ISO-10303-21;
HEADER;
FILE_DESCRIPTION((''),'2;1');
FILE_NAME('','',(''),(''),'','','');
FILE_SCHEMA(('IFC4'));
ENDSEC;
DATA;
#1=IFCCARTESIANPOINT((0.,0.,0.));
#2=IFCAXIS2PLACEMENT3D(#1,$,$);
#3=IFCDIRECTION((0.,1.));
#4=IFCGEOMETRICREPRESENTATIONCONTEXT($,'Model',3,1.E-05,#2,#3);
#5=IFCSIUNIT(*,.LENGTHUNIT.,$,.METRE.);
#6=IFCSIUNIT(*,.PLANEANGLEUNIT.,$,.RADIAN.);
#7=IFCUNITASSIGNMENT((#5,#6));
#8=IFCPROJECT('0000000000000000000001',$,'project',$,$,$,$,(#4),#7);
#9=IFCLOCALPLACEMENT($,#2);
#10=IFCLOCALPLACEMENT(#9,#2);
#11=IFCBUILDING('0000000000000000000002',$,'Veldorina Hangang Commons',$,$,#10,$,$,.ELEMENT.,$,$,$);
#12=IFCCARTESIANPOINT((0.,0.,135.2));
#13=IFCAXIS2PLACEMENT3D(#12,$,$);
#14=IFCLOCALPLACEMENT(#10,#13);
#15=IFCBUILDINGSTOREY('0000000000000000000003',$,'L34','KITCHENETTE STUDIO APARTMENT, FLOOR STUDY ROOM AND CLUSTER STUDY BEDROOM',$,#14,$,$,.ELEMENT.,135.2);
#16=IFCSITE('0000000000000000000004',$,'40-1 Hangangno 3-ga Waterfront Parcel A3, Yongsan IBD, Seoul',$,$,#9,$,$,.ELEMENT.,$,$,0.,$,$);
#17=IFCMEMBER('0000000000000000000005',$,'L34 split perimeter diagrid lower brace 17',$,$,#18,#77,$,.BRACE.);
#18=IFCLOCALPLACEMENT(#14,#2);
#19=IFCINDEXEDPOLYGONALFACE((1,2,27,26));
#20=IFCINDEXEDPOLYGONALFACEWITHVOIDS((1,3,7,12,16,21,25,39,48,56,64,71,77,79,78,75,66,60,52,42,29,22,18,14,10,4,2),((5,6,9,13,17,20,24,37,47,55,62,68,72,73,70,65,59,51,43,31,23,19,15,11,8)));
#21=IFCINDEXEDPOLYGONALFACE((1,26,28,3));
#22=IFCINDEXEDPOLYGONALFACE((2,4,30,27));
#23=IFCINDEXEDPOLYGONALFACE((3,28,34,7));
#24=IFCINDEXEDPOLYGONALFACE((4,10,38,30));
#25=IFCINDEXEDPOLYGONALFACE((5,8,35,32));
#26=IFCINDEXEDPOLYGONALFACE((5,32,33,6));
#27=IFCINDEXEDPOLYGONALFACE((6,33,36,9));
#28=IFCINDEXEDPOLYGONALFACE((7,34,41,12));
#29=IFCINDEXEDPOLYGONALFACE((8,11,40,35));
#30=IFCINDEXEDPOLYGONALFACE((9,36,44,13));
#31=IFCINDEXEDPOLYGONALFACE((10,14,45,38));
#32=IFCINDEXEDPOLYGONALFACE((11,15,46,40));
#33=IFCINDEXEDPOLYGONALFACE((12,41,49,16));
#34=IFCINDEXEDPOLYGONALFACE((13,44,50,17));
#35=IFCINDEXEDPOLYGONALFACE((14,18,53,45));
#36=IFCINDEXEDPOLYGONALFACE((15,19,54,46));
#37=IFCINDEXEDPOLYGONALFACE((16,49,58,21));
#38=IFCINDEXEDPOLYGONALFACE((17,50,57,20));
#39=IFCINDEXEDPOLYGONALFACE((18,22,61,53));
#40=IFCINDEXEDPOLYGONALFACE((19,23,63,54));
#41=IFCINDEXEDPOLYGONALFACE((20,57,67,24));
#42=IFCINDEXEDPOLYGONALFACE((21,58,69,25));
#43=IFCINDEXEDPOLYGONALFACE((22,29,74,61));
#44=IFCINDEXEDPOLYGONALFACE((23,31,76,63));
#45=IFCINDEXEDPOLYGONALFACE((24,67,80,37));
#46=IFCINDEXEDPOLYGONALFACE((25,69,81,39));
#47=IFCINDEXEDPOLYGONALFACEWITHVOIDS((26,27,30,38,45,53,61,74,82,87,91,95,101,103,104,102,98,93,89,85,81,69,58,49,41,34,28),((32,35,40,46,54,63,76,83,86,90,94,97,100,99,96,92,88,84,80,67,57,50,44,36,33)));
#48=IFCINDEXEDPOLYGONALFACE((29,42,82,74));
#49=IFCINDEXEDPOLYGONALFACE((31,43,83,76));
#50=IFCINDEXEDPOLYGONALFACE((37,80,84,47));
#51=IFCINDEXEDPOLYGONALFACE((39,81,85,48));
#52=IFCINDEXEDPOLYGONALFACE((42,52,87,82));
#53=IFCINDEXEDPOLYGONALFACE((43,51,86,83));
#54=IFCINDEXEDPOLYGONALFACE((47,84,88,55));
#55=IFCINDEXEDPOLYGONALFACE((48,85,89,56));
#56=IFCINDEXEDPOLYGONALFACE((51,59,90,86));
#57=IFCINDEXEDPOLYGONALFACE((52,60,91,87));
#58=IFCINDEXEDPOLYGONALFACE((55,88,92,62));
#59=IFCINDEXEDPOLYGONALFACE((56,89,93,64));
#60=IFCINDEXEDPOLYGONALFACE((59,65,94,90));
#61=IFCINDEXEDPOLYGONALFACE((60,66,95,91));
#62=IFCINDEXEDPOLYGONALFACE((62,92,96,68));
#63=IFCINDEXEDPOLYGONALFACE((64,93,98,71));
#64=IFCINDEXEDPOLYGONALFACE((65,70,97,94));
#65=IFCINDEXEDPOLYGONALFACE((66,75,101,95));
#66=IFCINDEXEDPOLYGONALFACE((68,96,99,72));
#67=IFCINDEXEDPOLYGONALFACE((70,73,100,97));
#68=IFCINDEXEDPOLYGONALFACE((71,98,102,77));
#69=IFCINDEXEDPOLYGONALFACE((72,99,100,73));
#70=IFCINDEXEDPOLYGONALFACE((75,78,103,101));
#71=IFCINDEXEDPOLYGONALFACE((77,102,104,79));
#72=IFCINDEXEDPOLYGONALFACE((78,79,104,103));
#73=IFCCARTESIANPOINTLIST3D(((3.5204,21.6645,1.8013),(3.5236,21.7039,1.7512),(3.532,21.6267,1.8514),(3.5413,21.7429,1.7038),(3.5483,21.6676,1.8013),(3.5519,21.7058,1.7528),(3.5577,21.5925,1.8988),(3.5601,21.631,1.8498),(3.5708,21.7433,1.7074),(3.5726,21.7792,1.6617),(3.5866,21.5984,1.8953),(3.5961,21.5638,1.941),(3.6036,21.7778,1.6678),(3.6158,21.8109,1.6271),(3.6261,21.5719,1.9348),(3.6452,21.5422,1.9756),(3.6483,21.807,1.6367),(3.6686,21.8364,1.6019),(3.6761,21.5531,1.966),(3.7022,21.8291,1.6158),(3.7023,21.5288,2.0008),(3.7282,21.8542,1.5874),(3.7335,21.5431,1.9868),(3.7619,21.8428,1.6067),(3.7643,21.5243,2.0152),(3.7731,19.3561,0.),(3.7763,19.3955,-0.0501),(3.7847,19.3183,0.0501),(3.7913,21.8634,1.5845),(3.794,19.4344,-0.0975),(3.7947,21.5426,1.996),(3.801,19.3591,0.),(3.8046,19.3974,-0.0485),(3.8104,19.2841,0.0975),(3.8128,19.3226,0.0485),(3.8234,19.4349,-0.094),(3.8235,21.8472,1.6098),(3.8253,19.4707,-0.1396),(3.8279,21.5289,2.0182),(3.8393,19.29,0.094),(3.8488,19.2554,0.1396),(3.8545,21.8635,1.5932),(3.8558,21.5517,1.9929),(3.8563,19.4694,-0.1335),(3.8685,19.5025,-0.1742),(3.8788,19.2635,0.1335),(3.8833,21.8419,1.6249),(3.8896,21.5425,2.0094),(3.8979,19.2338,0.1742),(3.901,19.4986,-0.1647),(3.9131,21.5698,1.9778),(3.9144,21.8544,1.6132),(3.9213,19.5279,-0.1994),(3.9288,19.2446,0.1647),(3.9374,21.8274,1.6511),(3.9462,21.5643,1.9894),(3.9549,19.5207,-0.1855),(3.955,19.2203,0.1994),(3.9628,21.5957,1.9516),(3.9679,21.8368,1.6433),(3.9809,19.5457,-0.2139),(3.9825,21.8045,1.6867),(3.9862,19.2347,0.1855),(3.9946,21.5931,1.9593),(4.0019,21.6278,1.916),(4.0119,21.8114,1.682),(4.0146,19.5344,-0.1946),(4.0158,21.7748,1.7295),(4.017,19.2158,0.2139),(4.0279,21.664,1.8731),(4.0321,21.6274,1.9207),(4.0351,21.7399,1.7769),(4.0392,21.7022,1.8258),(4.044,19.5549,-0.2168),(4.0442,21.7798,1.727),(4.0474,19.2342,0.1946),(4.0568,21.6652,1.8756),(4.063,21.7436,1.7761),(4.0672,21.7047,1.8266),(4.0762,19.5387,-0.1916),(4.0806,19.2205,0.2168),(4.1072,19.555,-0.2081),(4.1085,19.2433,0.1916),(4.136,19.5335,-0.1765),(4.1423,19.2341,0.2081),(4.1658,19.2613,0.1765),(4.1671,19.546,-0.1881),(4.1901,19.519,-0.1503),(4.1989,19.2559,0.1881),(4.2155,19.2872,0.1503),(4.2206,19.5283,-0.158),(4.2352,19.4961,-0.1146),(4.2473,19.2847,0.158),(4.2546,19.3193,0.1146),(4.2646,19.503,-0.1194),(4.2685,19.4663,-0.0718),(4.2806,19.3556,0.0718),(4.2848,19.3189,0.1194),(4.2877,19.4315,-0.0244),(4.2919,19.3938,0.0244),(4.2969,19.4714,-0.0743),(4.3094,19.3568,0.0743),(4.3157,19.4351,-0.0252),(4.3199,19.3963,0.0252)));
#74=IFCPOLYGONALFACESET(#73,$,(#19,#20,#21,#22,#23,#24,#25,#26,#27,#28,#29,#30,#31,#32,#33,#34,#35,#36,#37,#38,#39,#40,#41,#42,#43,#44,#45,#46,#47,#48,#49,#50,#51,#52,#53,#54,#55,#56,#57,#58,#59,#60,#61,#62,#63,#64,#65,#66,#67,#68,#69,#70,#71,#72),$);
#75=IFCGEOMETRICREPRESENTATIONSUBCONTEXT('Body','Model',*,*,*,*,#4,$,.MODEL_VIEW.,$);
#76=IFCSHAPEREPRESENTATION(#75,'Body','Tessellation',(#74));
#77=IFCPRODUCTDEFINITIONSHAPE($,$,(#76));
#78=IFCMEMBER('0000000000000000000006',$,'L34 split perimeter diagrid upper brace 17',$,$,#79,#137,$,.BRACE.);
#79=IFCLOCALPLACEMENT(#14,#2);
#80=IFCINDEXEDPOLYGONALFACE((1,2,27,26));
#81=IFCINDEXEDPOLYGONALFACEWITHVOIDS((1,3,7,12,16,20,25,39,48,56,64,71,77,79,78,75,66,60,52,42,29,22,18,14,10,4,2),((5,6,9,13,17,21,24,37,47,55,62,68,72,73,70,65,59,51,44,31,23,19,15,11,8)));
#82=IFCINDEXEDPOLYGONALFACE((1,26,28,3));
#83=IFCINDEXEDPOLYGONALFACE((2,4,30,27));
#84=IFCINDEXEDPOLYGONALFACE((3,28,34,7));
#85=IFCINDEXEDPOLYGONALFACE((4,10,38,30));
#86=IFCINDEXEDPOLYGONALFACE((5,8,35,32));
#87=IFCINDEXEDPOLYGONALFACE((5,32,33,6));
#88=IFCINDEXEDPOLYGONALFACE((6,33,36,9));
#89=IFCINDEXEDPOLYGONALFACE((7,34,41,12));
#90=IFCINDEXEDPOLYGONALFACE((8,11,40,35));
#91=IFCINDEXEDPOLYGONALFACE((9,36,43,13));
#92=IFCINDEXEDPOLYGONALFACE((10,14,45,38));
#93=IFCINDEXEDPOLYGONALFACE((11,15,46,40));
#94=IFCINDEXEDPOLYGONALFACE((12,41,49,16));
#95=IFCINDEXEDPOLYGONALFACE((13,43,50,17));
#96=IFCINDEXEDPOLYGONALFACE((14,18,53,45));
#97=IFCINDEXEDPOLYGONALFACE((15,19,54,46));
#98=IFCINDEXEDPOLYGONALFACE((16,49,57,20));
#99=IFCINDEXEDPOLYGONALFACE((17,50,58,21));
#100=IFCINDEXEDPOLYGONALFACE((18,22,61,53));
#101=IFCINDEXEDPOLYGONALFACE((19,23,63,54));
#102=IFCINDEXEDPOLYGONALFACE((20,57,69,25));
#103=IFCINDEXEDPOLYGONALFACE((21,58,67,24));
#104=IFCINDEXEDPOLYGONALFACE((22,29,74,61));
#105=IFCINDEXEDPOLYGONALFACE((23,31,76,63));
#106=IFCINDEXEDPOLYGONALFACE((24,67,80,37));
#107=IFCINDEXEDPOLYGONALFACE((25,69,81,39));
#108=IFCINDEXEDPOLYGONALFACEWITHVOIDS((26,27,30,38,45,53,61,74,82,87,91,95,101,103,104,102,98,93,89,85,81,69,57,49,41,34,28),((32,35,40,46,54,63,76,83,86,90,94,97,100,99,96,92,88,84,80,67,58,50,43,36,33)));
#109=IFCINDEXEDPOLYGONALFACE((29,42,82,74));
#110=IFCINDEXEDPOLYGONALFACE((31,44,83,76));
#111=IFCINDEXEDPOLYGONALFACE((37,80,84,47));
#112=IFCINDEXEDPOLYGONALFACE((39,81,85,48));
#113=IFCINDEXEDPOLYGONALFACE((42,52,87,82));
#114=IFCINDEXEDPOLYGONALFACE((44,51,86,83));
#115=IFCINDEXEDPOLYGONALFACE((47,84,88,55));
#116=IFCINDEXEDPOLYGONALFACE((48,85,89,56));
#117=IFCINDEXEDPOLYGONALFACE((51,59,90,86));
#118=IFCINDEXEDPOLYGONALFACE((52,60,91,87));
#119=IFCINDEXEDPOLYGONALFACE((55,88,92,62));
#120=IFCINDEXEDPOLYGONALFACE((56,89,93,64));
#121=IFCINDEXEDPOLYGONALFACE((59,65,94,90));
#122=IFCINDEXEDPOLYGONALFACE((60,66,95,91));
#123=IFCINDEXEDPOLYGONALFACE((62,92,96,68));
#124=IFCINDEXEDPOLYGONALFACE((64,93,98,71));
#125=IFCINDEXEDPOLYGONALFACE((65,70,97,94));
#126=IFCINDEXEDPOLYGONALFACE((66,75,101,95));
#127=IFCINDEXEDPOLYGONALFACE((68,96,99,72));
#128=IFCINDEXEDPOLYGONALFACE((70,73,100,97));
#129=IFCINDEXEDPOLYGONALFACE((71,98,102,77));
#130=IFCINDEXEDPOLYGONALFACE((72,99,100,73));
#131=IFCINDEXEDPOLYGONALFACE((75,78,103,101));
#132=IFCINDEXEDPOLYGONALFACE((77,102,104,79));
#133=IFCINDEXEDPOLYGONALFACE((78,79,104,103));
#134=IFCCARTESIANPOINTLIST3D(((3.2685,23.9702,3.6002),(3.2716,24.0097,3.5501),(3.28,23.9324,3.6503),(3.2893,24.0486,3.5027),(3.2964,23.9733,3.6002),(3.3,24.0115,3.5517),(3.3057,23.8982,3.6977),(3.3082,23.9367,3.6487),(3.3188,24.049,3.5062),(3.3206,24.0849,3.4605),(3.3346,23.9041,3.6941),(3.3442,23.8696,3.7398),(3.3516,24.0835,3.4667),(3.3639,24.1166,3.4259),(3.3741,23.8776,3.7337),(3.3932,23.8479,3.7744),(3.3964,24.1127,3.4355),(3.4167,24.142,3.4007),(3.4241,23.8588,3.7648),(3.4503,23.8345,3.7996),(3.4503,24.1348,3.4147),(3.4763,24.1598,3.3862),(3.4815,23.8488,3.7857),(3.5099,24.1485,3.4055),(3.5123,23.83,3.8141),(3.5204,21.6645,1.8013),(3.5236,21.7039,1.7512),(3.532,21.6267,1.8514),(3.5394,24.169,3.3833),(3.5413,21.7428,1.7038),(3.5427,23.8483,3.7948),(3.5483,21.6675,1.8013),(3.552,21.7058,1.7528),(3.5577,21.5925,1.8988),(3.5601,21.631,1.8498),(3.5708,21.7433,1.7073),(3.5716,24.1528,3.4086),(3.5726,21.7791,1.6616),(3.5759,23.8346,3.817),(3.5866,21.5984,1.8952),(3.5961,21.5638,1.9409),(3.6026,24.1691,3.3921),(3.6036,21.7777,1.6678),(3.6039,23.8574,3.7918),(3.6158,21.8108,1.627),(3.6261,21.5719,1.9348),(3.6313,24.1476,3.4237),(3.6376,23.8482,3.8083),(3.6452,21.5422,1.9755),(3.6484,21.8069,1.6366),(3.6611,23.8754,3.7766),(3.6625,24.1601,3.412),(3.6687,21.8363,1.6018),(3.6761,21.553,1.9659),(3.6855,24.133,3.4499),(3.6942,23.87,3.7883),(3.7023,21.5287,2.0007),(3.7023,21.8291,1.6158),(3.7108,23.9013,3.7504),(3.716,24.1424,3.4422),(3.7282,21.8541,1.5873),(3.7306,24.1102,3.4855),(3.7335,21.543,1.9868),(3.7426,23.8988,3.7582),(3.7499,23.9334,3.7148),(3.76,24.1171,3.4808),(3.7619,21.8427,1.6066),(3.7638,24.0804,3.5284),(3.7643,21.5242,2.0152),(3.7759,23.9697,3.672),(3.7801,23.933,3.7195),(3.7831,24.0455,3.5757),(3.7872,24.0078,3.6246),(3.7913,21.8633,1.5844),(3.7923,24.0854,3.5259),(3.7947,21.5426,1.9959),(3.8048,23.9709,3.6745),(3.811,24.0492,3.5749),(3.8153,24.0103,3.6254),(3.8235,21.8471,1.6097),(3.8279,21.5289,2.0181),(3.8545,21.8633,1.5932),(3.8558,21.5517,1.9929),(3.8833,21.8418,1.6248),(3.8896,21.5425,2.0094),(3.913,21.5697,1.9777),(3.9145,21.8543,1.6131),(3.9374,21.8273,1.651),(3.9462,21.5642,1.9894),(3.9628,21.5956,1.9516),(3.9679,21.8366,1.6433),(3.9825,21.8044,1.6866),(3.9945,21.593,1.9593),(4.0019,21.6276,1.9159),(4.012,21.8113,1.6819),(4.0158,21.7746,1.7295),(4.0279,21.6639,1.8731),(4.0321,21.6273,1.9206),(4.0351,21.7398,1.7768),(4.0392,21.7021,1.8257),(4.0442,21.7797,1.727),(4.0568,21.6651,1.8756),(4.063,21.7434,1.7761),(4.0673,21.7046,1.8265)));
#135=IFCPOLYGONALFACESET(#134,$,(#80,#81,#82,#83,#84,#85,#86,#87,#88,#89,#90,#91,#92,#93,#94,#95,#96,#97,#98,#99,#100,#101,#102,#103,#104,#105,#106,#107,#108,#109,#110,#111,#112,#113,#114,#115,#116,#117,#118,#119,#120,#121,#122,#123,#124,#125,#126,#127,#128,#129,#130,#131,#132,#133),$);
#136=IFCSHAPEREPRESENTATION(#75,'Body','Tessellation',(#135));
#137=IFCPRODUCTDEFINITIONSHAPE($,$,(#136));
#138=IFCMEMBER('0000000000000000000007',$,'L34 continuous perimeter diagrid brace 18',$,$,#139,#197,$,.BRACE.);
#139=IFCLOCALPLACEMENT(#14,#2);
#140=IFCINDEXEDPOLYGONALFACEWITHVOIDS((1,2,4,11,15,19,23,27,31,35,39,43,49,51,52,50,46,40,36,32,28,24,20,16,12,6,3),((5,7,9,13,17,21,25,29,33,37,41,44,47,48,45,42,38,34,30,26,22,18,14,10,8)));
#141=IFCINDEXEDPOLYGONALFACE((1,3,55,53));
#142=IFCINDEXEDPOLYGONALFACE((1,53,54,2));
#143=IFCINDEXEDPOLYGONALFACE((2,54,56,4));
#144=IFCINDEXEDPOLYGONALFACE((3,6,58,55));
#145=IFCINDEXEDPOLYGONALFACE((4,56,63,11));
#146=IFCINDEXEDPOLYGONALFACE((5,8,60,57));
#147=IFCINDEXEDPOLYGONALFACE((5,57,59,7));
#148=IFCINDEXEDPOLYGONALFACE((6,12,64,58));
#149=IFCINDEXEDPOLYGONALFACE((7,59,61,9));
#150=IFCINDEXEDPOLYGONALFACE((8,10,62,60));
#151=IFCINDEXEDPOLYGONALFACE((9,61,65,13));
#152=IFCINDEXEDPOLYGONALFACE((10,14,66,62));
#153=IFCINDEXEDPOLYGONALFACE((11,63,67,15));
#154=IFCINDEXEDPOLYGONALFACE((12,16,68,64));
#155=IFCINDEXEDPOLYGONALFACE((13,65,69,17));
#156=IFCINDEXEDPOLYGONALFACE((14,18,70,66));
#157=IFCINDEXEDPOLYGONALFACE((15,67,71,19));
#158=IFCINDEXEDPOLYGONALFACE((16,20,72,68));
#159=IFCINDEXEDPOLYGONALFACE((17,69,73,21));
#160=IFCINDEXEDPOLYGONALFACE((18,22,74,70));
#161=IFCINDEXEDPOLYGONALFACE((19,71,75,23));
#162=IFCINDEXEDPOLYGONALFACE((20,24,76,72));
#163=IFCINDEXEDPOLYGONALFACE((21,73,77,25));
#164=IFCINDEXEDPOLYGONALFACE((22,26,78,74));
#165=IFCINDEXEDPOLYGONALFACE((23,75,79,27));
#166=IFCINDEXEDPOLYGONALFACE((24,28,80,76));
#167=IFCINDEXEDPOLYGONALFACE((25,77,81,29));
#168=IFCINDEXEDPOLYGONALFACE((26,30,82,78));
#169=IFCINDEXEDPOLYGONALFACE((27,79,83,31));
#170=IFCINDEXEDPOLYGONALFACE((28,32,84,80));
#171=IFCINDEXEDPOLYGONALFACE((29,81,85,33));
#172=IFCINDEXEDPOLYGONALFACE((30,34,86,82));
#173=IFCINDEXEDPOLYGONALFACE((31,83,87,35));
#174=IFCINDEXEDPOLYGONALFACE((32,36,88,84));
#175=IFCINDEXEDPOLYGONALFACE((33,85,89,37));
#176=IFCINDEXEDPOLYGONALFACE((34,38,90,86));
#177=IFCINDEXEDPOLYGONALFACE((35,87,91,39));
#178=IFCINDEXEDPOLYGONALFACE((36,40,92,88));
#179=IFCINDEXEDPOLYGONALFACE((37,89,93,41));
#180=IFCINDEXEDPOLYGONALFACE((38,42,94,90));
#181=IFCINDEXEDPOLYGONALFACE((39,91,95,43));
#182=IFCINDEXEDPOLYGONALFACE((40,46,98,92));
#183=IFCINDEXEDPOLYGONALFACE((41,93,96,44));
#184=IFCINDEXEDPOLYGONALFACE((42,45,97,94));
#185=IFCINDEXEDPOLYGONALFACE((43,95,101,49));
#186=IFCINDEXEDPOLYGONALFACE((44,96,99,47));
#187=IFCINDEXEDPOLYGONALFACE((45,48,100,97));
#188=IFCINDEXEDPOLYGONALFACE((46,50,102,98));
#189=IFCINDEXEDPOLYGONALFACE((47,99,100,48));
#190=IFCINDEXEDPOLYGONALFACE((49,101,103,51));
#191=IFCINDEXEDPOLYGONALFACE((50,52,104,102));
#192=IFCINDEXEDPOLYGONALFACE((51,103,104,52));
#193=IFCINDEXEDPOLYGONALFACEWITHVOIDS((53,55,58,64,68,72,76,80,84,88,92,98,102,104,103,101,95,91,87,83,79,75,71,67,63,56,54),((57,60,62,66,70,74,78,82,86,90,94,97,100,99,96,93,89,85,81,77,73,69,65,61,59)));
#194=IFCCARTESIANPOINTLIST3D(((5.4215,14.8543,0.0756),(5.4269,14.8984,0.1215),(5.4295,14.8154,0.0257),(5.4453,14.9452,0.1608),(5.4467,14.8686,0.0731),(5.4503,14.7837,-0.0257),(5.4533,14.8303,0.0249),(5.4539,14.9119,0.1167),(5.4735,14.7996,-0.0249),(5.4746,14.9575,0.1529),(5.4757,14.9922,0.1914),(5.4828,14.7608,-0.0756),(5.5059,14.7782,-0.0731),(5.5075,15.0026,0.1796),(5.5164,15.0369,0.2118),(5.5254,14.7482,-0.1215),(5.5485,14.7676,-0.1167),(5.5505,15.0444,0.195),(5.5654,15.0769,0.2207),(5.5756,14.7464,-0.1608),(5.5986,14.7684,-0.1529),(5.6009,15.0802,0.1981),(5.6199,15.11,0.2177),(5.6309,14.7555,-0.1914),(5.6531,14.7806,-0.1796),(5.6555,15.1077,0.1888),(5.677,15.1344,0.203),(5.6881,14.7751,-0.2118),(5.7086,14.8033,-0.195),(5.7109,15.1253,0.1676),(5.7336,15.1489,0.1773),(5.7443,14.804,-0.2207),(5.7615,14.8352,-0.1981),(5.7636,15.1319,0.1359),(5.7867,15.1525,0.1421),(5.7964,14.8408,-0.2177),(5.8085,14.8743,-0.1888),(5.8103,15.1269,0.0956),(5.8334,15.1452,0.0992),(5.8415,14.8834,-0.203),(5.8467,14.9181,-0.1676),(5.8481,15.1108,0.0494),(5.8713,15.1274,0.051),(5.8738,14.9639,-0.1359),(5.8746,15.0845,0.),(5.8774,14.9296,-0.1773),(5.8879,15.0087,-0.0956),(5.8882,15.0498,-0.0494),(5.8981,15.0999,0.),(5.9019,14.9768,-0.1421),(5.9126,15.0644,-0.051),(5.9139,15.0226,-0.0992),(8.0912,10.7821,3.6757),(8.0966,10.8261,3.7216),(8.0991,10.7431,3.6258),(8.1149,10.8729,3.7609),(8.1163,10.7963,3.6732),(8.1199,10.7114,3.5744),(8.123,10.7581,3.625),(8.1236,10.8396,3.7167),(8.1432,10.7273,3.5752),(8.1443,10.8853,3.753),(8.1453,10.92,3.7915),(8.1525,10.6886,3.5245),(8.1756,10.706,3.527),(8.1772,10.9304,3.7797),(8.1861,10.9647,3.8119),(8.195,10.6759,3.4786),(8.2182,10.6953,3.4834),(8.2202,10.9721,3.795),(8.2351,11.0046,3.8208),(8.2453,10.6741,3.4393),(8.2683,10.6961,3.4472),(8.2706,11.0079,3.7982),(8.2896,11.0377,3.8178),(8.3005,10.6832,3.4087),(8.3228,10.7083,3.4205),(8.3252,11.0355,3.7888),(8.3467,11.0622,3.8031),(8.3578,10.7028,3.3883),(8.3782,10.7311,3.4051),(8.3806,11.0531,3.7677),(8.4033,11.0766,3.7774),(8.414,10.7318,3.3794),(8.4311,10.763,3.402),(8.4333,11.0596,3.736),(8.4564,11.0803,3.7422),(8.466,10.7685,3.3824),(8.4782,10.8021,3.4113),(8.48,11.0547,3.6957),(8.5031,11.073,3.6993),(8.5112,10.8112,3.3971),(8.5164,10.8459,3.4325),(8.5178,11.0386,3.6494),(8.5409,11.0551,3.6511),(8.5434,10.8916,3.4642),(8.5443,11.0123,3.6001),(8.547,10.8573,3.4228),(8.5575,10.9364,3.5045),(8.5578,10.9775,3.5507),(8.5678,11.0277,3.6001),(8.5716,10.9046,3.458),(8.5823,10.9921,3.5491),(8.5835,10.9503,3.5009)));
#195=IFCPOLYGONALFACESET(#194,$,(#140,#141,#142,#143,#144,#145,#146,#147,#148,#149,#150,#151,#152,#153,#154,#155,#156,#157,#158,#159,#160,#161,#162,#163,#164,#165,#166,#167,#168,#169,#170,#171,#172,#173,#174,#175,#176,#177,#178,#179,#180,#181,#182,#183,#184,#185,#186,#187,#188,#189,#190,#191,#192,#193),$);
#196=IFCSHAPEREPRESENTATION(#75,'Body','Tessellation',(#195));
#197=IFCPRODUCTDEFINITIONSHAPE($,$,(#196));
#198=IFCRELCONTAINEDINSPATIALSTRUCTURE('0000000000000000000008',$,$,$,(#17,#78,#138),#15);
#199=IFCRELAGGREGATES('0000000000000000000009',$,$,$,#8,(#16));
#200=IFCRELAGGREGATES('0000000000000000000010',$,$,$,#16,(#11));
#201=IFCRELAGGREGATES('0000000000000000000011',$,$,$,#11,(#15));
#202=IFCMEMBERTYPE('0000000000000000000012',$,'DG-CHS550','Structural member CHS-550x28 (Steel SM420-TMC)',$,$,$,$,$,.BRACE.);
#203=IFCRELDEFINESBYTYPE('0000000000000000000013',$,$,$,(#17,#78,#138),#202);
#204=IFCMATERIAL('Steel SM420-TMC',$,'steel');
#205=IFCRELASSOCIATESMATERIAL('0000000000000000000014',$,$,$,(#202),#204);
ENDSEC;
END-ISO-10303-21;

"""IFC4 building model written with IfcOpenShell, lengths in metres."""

from ifc_helpers import new_model, si_unit, direction, frame, origin, origin_2d, place, context, subcontext, project, spatial, hollow_circle, extrude, material, material_profile, profile_set, type_object, element, save


model = new_model("IFC4")

# Units and contexts
model_context = context("Model", 3, precision=1e-05, world=origin(), true_north=direction((0.0, 1.0)))
body_context = subcontext(model_context, "Body", "Model", "MODEL_VIEW")
ifc_project = project(units=[si_unit("LENGTHUNIT", "METRE"), si_unit("PLANEANGLEUNIT", "RADIAN")], contexts=[model_context])

# Site, building, storey
site_placement = place(None, origin())
site = spatial("IfcSite", under=ifc_project, at=site_placement, Name="40-1 Hangangno 3-ga Waterfront Parcel A3, Yongsan IBD, Seoul", CompositionType="ELEMENT", RefElevation=0.0)
building_placement = place(site_placement, origin())
building = spatial("IfcBuilding", under=site, at=building_placement, Name="Veldorina Hangang Commons", CompositionType="ELEMENT")
storey_placement = place(building_placement, frame((0.0, 0.0, 135.2)))
storey = spatial("IfcBuildingStorey", under=building, at=storey_placement, Name="L34", Description="KITCHENETTE STUDIO APARTMENT, FLOOR STUDY ROOM AND CLUSTER STUDY BEDROOM", CompositionType="ELEMENT", Elevation=135.2)

# Shared definitions
ifc_material_1 = material(Name="Steel SM420-TMC", Category="steel")

# Members
ifc_material_profile_1 = material_profile(ifc_material_1, hollow_circle(Radius=0.2749, WallThickness=0.0281, at=origin_2d()), Name="CHS-550x28")
ifc_profile_set_1 = profile_set([ifc_material_profile_1], Name="Steel SM420-TMC")
member_type = type_object("IfcMemberType", Name="DG-CHS550", Description="Structural member CHS-550x28 (Steel SM420-TMC)", PredefinedType="BRACE", material=ifc_profile_set_1)
member_1_placement = place(storey_placement, frame((4.0464, 19.386, 0.0), z_axis=(-0.085981, 0.785457, 0.612914), x_axis=(-0.994062, -0.108816, 0.0)))
element("IfcMember", 1, at=member_1_placement, inside=storey, type_object=member_type, Name="L34 split perimeter diagrid lower brace 17", PredefinedType="BRACE", context=body_context, shape_type="SweptSolid", body=[
    extrude(hollow_circle(Radius=0.2749, WallThickness=0.0281, at=origin_2d()), origin(), (0.0, 0.0, 1.0), 2.939),
])
member_2_placement = place(storey_placement, frame((3.7937, 21.6943, 1.8013), z_axis=(-0.085839, 0.785524, 0.612849), x_axis=(-0.994082, -0.108629, 0.0)))
element("IfcMember", 2, at=member_2_placement, inside=storey, type_object=member_type, Name="L34 split perimeter diagrid upper brace 17", PredefinedType="BRACE", context=body_context, shape_type="SweptSolid", body=[
    extrude(hollow_circle(Radius=0.2749, WallThickness=0.0281, at=origin_2d()), origin(), (0.0, 0.0, 1.0), 2.9353),
])
member_3_placement = place(storey_placement, frame((5.6682, 14.9492, 0.0), z_axis=(0.440855, -0.672471, 0.5945), x_axis=(0.836307, 0.548262, 0.0)))
element("IfcMember", 3, at=member_3_placement, inside=storey, type_object=member_type, Name="L34 continuous perimeter diagrid brace 18", PredefinedType="BRACE", context=body_context, shape_type="SweptSolid", body=[
    extrude(hollow_circle(Radius=0.2749, WallThickness=0.0281, at=origin_2d()), origin(), (0.0, 0.0, 1.0), 6.0557),
])

save(model, "model.ifc")
